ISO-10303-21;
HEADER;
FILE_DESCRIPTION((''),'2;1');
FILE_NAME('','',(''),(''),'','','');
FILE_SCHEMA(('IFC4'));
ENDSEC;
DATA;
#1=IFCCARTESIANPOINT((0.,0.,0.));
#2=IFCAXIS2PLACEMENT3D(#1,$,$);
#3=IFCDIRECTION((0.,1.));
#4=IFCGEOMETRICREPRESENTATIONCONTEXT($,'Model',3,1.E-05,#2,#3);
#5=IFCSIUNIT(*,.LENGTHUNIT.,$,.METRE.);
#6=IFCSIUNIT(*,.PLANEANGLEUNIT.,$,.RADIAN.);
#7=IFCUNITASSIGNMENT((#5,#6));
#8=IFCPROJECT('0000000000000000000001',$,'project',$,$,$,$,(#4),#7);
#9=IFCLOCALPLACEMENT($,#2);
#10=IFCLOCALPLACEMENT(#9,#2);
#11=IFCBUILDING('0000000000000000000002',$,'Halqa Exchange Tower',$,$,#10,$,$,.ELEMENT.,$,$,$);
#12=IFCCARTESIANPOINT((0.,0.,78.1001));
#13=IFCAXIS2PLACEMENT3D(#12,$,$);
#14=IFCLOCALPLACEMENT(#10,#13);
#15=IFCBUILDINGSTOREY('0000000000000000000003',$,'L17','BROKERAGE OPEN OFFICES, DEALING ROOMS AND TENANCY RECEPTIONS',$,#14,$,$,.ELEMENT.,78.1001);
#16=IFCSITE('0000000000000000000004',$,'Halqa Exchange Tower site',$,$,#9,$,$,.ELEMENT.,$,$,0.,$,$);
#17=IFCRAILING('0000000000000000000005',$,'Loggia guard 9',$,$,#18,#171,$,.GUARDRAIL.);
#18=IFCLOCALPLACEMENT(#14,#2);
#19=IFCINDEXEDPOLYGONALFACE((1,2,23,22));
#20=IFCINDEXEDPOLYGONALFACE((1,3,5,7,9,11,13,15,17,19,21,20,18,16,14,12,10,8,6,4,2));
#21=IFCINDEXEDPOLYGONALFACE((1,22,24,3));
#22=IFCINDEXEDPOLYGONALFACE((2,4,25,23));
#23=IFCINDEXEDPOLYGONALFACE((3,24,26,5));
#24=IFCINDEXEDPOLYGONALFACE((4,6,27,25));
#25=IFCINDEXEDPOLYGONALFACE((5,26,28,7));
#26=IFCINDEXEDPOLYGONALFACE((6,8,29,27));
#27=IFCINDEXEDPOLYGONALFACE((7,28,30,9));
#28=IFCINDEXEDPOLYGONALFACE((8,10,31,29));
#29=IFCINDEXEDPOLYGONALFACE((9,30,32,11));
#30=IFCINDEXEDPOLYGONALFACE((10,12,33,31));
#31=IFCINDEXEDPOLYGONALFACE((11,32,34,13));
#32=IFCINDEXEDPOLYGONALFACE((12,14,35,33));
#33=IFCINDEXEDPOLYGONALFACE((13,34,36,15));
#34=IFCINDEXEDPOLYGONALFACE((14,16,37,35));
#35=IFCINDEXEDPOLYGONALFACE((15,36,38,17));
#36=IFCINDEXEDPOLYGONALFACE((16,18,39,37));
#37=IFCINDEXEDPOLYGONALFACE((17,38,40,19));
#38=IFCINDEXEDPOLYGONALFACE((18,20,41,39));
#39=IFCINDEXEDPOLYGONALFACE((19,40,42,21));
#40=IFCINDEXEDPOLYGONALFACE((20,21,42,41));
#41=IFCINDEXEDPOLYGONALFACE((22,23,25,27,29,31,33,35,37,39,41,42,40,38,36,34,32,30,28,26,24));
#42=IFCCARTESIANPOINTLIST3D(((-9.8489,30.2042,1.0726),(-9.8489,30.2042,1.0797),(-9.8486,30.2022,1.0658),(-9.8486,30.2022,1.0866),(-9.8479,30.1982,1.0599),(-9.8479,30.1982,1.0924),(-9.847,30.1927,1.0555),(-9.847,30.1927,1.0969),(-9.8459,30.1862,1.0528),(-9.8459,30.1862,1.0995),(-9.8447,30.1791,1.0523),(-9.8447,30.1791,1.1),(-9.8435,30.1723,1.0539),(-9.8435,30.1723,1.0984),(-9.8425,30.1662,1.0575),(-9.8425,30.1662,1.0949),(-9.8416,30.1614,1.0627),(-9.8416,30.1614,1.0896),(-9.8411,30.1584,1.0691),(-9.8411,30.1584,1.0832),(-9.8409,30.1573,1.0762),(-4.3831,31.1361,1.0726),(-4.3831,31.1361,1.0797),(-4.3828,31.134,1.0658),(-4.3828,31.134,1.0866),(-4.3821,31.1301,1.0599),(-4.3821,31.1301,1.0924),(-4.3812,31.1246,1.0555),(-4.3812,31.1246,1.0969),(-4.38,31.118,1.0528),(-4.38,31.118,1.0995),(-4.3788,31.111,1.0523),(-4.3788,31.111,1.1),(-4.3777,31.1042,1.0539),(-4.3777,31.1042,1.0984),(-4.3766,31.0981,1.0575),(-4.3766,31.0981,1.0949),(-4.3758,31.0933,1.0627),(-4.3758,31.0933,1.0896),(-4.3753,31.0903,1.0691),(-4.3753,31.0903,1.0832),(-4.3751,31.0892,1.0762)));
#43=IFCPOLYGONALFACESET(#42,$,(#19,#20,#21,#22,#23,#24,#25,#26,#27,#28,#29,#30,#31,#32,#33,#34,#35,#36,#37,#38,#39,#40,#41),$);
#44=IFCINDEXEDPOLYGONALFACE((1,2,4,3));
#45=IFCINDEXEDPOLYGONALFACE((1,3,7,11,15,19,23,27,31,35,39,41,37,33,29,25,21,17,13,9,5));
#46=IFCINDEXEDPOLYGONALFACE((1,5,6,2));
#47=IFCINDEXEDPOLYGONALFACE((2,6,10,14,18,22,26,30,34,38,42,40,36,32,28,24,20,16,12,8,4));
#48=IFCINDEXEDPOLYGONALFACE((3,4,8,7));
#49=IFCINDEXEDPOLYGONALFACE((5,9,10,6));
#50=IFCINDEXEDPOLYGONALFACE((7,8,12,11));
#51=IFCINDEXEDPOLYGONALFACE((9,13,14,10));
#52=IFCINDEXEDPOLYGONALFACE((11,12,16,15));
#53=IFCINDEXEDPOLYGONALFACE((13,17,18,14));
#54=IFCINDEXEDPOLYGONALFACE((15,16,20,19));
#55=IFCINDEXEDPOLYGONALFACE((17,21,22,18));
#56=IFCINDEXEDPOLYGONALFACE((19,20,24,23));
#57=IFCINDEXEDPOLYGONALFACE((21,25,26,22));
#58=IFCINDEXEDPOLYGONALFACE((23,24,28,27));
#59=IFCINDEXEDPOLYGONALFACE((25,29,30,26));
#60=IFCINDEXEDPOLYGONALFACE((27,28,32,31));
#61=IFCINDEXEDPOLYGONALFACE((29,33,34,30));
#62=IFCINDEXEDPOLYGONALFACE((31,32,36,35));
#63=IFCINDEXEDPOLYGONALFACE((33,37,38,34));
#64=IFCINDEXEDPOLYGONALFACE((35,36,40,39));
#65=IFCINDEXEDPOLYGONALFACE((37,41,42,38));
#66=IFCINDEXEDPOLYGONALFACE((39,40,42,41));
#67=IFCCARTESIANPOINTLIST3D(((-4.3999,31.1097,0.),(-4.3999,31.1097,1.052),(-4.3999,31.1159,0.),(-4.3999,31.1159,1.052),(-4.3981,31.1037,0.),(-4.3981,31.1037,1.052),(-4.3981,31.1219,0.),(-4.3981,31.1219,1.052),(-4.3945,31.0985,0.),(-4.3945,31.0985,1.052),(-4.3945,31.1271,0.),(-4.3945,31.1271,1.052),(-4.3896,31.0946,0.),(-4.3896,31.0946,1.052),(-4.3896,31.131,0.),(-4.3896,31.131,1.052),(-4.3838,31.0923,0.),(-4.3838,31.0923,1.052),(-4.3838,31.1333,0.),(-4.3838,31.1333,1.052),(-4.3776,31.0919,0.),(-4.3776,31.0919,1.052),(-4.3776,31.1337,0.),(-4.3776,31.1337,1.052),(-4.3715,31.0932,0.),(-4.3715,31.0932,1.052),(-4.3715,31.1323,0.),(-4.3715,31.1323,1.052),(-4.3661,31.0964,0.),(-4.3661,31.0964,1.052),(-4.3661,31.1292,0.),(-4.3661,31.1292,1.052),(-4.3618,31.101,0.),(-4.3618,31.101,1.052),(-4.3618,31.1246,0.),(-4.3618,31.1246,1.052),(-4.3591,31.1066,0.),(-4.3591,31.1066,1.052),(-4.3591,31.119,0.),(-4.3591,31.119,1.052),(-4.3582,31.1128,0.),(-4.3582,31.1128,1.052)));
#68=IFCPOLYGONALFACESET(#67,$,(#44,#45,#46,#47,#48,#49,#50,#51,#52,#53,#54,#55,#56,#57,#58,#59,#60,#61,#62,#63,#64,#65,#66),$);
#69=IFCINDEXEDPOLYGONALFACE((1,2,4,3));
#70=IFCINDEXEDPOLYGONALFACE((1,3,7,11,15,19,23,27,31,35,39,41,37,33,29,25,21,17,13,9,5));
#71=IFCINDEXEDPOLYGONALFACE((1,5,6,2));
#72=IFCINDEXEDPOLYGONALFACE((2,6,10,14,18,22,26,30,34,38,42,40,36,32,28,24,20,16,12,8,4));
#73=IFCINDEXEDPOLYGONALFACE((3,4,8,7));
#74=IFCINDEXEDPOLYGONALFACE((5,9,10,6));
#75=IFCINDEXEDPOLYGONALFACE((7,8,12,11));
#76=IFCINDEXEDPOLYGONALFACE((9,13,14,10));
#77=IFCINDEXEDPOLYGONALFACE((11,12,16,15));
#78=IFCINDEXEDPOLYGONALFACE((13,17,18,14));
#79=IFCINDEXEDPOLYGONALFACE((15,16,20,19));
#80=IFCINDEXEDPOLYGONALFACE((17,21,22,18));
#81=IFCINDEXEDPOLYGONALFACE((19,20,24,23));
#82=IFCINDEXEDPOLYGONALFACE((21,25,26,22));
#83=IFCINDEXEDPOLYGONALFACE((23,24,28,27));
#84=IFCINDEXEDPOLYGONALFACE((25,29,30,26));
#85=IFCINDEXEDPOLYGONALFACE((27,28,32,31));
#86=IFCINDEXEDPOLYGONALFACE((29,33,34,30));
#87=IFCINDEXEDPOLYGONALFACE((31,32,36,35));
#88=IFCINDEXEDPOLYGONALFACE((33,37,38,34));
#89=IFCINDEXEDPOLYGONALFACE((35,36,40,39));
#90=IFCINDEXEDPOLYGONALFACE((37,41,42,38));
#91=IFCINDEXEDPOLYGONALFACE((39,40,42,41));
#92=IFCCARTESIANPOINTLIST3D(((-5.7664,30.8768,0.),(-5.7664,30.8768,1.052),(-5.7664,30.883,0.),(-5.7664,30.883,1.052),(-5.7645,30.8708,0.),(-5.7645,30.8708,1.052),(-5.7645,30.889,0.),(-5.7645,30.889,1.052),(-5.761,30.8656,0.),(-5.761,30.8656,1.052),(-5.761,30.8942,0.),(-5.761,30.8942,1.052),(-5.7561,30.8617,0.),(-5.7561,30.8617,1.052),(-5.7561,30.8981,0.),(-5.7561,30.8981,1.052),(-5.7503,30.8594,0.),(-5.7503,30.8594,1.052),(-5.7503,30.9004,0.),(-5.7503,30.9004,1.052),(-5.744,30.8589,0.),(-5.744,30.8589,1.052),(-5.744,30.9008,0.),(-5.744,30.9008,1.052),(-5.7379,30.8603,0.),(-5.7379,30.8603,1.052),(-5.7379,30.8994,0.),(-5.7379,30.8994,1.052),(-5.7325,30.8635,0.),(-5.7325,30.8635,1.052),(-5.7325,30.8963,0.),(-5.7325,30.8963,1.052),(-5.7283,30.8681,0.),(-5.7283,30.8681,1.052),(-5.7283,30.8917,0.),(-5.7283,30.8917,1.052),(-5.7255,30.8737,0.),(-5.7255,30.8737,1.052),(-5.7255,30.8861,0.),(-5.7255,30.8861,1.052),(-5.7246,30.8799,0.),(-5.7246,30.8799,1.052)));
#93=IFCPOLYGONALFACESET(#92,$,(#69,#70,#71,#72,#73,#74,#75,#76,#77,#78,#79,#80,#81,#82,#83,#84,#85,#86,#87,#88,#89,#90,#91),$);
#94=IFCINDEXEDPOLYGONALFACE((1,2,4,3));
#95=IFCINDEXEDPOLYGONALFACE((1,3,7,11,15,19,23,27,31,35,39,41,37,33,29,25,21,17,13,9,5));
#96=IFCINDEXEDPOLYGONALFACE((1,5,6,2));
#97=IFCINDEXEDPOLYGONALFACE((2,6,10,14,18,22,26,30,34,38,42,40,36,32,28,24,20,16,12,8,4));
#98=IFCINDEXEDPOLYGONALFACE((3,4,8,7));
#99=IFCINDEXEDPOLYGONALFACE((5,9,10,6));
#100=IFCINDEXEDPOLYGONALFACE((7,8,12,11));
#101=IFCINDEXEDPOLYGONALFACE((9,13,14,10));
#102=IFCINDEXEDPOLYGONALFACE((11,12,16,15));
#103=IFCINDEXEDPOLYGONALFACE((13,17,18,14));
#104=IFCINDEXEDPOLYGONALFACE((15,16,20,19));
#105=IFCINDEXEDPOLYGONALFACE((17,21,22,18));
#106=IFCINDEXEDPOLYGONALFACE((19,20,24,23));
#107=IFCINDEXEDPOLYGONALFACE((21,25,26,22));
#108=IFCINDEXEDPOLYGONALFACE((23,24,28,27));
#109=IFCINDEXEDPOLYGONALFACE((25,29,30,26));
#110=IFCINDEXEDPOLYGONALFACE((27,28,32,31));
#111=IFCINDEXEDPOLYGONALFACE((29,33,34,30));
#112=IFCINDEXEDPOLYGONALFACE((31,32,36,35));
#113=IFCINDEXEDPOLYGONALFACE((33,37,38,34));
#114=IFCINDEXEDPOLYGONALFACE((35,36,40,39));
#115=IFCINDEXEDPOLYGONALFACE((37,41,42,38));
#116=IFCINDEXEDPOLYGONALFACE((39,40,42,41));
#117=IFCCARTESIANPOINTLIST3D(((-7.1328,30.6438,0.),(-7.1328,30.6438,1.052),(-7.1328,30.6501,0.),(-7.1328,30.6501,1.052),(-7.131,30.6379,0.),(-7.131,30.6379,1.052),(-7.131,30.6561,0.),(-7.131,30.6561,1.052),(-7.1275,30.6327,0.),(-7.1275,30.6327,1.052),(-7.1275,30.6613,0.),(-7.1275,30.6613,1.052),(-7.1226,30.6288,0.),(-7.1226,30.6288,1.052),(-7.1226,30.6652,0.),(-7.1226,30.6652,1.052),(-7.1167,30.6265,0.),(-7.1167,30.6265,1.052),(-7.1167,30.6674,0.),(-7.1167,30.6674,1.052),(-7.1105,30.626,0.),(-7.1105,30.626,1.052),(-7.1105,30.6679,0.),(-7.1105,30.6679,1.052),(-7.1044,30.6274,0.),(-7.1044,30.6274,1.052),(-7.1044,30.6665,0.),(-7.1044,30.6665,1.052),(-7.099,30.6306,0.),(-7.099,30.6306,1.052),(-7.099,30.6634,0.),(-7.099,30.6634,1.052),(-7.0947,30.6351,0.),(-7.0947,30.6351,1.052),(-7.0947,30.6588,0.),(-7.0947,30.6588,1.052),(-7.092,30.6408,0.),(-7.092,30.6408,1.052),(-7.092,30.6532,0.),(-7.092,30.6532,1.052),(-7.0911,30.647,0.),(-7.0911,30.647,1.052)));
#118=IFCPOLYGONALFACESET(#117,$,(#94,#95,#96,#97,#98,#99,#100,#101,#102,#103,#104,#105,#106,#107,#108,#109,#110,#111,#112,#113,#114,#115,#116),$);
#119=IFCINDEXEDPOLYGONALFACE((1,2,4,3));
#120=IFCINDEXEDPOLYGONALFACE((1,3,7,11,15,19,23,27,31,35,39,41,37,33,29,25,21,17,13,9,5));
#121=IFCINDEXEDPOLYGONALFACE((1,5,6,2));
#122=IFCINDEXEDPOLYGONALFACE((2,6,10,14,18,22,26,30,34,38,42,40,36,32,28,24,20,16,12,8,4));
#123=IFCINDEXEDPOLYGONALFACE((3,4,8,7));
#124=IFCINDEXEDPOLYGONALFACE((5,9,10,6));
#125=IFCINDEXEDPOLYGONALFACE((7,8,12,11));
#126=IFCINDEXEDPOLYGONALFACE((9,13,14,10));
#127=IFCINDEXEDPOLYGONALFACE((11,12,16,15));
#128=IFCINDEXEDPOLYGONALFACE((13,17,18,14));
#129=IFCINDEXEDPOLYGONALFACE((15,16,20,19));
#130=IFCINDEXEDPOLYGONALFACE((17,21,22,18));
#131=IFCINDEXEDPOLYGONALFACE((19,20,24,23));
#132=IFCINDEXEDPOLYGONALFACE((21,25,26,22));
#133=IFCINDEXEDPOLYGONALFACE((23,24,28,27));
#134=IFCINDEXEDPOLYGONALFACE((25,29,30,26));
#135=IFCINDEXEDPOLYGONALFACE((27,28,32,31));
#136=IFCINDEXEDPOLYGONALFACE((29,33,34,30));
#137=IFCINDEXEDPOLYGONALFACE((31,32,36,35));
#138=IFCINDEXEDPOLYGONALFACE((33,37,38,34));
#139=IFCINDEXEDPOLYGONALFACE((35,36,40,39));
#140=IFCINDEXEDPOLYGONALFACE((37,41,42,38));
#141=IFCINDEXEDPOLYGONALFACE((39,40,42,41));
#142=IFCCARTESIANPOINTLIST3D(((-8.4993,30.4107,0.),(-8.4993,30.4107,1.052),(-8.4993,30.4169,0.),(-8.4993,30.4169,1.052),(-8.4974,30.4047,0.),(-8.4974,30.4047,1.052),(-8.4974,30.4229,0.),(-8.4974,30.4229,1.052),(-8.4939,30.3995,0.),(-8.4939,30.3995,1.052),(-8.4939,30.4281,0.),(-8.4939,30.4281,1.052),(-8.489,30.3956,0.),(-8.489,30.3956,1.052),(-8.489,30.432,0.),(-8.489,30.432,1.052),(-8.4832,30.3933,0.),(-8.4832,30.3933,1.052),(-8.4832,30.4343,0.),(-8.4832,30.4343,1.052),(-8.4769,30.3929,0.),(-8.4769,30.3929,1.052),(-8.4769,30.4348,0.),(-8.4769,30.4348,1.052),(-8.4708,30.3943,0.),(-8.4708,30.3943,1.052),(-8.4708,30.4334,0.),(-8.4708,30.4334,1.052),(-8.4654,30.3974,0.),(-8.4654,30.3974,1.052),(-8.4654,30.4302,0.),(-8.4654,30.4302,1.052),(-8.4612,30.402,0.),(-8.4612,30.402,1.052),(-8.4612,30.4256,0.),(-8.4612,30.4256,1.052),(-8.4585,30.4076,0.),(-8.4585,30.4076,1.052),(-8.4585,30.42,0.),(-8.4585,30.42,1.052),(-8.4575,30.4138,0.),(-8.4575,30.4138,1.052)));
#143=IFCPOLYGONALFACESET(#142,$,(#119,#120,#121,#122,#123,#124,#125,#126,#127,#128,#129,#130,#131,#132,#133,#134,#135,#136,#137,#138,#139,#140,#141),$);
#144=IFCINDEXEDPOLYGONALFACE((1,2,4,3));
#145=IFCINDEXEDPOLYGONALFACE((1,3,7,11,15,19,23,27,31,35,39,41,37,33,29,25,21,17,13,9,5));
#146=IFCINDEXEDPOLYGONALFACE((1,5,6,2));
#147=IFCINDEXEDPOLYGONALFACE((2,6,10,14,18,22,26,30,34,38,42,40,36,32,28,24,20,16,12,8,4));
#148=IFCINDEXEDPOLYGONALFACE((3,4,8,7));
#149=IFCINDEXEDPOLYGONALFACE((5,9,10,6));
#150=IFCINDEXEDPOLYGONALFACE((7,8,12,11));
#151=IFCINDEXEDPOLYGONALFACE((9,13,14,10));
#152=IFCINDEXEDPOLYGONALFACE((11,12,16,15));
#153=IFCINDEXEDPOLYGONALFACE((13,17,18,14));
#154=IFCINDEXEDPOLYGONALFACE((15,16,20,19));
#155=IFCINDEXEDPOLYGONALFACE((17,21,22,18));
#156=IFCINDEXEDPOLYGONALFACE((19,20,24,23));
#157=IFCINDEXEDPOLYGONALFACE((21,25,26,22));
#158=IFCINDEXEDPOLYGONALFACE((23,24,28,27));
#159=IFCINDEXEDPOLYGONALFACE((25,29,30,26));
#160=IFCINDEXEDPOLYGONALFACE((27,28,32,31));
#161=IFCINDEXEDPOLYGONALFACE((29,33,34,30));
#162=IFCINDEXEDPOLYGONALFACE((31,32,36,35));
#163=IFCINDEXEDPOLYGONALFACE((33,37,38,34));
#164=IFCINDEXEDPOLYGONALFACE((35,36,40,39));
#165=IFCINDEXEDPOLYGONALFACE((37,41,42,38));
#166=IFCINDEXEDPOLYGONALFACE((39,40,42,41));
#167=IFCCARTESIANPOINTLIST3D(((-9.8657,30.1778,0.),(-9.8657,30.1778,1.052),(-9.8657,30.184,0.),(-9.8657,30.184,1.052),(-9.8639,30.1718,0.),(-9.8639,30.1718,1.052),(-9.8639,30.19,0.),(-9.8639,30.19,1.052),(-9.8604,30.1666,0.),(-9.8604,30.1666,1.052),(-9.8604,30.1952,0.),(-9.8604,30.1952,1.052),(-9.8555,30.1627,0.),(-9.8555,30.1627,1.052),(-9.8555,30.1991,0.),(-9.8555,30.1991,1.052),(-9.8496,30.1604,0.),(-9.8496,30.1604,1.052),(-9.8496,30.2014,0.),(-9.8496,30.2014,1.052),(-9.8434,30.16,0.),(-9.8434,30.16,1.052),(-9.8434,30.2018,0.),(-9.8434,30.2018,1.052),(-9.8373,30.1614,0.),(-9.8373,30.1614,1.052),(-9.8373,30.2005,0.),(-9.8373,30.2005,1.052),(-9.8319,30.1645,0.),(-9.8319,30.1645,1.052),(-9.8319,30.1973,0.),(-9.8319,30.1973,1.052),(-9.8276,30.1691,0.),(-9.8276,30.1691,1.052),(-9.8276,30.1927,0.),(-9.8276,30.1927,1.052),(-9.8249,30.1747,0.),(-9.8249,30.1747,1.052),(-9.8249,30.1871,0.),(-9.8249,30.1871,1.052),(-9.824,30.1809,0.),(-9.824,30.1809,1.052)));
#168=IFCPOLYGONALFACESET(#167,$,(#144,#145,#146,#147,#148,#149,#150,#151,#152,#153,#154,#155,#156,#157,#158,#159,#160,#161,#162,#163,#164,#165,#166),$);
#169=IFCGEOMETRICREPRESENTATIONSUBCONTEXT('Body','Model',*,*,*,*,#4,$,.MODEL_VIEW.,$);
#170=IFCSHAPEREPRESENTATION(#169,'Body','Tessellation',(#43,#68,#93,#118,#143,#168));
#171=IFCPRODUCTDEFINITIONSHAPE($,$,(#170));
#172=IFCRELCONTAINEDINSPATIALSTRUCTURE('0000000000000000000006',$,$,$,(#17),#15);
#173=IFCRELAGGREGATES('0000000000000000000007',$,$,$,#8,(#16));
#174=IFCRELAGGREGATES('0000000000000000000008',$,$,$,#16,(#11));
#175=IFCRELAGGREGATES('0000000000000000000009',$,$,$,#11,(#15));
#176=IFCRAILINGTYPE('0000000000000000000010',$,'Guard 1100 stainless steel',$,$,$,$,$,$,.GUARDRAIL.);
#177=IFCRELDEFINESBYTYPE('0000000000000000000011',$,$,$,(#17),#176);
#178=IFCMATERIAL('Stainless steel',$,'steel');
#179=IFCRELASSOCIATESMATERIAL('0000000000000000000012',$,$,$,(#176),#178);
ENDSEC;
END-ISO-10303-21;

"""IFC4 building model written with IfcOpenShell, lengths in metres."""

from ifc_helpers import new_model, si_unit, direction, frame, origin, origin_2d, place, context, subcontext, project, spatial, circle, extrude, material, type_object, element, save


model = new_model("IFC4")

# Units and contexts
model_context = context("Model", 3, precision=1e-05, world=origin(), true_north=direction((0.0, 1.0)))
body_context = subcontext(model_context, "Body", "Model", "MODEL_VIEW")
ifc_project = project(units=[si_unit("LENGTHUNIT", "METRE"), si_unit("PLANEANGLEUNIT", "RADIAN")], contexts=[model_context])

# Site, building, storey
site_placement = place(None, origin())
site = spatial("IfcSite", under=ifc_project, at=site_placement, Name="Halqa Exchange Tower site", CompositionType="ELEMENT", RefElevation=0.0)
building_placement = place(site_placement, origin())
building = spatial("IfcBuilding", under=site, at=building_placement, Name="Halqa Exchange Tower", CompositionType="ELEMENT")
storey_placement = place(building_placement, frame((0.0, 0.0, 78.1001)))
storey = spatial("IfcBuildingStorey", under=building, at=storey_placement, Name="L17", Description="BROKERAGE OPEN OFFICES, DEALING ROOMS AND TENANCY RECEPTIONS", CompositionType="ELEMENT", Elevation=78.1001)

# Railing
ifc_material_1 = material(Name="Stainless steel", Category="steel")
railing_type_1 = type_object("IfcRailingType", Name="Guard 1100 stainless steel", PredefinedType="GUARDRAIL", material=ifc_material_1)
railing_1_placement = place(storey_placement, frame((-4.3792, 31.1128, 0.0)))
element("IfcRailing", 1, at=railing_1_placement, inside=storey, type_object=railing_type_1, Name="Loggia guard 9", PredefinedType="GUARDRAIL", context=body_context, shape_type="SweptSolid", body=[
    extrude(circle(Radius=0.0239, at=origin_2d()), frame((0.0, 0.0, 1.0762), z_axis=(-0.985775, -0.168068, 0.0), x_axis=(0.168068, -0.985775, 0.0)), (0.0, 0.0, 1.0), 5.5447),
    extrude(circle(Radius=0.021, at=origin_2d()), origin(), (0.0, 0.0, 1.0), 1.052),
    extrude(circle(Radius=0.021, at=origin_2d()), frame((-1.3665, -0.2329, 0.0)), (0.0, 0.0, 1.0), 1.052),
    extrude(circle(Radius=0.021, at=origin_2d()), frame((-2.7329, -0.4658, 0.0)), (0.0, 0.0, 1.0), 1.052),
    extrude(circle(Radius=0.021, at=origin_2d()), frame((-4.0994, -0.699, 0.0)), (0.0, 0.0, 1.0), 1.052),
    extrude(circle(Radius=0.021, at=origin_2d()), frame((-5.4658, -0.9319, 0.0)), (0.0, 0.0, 1.0), 1.052),
])

save(model, "model.ifc")
